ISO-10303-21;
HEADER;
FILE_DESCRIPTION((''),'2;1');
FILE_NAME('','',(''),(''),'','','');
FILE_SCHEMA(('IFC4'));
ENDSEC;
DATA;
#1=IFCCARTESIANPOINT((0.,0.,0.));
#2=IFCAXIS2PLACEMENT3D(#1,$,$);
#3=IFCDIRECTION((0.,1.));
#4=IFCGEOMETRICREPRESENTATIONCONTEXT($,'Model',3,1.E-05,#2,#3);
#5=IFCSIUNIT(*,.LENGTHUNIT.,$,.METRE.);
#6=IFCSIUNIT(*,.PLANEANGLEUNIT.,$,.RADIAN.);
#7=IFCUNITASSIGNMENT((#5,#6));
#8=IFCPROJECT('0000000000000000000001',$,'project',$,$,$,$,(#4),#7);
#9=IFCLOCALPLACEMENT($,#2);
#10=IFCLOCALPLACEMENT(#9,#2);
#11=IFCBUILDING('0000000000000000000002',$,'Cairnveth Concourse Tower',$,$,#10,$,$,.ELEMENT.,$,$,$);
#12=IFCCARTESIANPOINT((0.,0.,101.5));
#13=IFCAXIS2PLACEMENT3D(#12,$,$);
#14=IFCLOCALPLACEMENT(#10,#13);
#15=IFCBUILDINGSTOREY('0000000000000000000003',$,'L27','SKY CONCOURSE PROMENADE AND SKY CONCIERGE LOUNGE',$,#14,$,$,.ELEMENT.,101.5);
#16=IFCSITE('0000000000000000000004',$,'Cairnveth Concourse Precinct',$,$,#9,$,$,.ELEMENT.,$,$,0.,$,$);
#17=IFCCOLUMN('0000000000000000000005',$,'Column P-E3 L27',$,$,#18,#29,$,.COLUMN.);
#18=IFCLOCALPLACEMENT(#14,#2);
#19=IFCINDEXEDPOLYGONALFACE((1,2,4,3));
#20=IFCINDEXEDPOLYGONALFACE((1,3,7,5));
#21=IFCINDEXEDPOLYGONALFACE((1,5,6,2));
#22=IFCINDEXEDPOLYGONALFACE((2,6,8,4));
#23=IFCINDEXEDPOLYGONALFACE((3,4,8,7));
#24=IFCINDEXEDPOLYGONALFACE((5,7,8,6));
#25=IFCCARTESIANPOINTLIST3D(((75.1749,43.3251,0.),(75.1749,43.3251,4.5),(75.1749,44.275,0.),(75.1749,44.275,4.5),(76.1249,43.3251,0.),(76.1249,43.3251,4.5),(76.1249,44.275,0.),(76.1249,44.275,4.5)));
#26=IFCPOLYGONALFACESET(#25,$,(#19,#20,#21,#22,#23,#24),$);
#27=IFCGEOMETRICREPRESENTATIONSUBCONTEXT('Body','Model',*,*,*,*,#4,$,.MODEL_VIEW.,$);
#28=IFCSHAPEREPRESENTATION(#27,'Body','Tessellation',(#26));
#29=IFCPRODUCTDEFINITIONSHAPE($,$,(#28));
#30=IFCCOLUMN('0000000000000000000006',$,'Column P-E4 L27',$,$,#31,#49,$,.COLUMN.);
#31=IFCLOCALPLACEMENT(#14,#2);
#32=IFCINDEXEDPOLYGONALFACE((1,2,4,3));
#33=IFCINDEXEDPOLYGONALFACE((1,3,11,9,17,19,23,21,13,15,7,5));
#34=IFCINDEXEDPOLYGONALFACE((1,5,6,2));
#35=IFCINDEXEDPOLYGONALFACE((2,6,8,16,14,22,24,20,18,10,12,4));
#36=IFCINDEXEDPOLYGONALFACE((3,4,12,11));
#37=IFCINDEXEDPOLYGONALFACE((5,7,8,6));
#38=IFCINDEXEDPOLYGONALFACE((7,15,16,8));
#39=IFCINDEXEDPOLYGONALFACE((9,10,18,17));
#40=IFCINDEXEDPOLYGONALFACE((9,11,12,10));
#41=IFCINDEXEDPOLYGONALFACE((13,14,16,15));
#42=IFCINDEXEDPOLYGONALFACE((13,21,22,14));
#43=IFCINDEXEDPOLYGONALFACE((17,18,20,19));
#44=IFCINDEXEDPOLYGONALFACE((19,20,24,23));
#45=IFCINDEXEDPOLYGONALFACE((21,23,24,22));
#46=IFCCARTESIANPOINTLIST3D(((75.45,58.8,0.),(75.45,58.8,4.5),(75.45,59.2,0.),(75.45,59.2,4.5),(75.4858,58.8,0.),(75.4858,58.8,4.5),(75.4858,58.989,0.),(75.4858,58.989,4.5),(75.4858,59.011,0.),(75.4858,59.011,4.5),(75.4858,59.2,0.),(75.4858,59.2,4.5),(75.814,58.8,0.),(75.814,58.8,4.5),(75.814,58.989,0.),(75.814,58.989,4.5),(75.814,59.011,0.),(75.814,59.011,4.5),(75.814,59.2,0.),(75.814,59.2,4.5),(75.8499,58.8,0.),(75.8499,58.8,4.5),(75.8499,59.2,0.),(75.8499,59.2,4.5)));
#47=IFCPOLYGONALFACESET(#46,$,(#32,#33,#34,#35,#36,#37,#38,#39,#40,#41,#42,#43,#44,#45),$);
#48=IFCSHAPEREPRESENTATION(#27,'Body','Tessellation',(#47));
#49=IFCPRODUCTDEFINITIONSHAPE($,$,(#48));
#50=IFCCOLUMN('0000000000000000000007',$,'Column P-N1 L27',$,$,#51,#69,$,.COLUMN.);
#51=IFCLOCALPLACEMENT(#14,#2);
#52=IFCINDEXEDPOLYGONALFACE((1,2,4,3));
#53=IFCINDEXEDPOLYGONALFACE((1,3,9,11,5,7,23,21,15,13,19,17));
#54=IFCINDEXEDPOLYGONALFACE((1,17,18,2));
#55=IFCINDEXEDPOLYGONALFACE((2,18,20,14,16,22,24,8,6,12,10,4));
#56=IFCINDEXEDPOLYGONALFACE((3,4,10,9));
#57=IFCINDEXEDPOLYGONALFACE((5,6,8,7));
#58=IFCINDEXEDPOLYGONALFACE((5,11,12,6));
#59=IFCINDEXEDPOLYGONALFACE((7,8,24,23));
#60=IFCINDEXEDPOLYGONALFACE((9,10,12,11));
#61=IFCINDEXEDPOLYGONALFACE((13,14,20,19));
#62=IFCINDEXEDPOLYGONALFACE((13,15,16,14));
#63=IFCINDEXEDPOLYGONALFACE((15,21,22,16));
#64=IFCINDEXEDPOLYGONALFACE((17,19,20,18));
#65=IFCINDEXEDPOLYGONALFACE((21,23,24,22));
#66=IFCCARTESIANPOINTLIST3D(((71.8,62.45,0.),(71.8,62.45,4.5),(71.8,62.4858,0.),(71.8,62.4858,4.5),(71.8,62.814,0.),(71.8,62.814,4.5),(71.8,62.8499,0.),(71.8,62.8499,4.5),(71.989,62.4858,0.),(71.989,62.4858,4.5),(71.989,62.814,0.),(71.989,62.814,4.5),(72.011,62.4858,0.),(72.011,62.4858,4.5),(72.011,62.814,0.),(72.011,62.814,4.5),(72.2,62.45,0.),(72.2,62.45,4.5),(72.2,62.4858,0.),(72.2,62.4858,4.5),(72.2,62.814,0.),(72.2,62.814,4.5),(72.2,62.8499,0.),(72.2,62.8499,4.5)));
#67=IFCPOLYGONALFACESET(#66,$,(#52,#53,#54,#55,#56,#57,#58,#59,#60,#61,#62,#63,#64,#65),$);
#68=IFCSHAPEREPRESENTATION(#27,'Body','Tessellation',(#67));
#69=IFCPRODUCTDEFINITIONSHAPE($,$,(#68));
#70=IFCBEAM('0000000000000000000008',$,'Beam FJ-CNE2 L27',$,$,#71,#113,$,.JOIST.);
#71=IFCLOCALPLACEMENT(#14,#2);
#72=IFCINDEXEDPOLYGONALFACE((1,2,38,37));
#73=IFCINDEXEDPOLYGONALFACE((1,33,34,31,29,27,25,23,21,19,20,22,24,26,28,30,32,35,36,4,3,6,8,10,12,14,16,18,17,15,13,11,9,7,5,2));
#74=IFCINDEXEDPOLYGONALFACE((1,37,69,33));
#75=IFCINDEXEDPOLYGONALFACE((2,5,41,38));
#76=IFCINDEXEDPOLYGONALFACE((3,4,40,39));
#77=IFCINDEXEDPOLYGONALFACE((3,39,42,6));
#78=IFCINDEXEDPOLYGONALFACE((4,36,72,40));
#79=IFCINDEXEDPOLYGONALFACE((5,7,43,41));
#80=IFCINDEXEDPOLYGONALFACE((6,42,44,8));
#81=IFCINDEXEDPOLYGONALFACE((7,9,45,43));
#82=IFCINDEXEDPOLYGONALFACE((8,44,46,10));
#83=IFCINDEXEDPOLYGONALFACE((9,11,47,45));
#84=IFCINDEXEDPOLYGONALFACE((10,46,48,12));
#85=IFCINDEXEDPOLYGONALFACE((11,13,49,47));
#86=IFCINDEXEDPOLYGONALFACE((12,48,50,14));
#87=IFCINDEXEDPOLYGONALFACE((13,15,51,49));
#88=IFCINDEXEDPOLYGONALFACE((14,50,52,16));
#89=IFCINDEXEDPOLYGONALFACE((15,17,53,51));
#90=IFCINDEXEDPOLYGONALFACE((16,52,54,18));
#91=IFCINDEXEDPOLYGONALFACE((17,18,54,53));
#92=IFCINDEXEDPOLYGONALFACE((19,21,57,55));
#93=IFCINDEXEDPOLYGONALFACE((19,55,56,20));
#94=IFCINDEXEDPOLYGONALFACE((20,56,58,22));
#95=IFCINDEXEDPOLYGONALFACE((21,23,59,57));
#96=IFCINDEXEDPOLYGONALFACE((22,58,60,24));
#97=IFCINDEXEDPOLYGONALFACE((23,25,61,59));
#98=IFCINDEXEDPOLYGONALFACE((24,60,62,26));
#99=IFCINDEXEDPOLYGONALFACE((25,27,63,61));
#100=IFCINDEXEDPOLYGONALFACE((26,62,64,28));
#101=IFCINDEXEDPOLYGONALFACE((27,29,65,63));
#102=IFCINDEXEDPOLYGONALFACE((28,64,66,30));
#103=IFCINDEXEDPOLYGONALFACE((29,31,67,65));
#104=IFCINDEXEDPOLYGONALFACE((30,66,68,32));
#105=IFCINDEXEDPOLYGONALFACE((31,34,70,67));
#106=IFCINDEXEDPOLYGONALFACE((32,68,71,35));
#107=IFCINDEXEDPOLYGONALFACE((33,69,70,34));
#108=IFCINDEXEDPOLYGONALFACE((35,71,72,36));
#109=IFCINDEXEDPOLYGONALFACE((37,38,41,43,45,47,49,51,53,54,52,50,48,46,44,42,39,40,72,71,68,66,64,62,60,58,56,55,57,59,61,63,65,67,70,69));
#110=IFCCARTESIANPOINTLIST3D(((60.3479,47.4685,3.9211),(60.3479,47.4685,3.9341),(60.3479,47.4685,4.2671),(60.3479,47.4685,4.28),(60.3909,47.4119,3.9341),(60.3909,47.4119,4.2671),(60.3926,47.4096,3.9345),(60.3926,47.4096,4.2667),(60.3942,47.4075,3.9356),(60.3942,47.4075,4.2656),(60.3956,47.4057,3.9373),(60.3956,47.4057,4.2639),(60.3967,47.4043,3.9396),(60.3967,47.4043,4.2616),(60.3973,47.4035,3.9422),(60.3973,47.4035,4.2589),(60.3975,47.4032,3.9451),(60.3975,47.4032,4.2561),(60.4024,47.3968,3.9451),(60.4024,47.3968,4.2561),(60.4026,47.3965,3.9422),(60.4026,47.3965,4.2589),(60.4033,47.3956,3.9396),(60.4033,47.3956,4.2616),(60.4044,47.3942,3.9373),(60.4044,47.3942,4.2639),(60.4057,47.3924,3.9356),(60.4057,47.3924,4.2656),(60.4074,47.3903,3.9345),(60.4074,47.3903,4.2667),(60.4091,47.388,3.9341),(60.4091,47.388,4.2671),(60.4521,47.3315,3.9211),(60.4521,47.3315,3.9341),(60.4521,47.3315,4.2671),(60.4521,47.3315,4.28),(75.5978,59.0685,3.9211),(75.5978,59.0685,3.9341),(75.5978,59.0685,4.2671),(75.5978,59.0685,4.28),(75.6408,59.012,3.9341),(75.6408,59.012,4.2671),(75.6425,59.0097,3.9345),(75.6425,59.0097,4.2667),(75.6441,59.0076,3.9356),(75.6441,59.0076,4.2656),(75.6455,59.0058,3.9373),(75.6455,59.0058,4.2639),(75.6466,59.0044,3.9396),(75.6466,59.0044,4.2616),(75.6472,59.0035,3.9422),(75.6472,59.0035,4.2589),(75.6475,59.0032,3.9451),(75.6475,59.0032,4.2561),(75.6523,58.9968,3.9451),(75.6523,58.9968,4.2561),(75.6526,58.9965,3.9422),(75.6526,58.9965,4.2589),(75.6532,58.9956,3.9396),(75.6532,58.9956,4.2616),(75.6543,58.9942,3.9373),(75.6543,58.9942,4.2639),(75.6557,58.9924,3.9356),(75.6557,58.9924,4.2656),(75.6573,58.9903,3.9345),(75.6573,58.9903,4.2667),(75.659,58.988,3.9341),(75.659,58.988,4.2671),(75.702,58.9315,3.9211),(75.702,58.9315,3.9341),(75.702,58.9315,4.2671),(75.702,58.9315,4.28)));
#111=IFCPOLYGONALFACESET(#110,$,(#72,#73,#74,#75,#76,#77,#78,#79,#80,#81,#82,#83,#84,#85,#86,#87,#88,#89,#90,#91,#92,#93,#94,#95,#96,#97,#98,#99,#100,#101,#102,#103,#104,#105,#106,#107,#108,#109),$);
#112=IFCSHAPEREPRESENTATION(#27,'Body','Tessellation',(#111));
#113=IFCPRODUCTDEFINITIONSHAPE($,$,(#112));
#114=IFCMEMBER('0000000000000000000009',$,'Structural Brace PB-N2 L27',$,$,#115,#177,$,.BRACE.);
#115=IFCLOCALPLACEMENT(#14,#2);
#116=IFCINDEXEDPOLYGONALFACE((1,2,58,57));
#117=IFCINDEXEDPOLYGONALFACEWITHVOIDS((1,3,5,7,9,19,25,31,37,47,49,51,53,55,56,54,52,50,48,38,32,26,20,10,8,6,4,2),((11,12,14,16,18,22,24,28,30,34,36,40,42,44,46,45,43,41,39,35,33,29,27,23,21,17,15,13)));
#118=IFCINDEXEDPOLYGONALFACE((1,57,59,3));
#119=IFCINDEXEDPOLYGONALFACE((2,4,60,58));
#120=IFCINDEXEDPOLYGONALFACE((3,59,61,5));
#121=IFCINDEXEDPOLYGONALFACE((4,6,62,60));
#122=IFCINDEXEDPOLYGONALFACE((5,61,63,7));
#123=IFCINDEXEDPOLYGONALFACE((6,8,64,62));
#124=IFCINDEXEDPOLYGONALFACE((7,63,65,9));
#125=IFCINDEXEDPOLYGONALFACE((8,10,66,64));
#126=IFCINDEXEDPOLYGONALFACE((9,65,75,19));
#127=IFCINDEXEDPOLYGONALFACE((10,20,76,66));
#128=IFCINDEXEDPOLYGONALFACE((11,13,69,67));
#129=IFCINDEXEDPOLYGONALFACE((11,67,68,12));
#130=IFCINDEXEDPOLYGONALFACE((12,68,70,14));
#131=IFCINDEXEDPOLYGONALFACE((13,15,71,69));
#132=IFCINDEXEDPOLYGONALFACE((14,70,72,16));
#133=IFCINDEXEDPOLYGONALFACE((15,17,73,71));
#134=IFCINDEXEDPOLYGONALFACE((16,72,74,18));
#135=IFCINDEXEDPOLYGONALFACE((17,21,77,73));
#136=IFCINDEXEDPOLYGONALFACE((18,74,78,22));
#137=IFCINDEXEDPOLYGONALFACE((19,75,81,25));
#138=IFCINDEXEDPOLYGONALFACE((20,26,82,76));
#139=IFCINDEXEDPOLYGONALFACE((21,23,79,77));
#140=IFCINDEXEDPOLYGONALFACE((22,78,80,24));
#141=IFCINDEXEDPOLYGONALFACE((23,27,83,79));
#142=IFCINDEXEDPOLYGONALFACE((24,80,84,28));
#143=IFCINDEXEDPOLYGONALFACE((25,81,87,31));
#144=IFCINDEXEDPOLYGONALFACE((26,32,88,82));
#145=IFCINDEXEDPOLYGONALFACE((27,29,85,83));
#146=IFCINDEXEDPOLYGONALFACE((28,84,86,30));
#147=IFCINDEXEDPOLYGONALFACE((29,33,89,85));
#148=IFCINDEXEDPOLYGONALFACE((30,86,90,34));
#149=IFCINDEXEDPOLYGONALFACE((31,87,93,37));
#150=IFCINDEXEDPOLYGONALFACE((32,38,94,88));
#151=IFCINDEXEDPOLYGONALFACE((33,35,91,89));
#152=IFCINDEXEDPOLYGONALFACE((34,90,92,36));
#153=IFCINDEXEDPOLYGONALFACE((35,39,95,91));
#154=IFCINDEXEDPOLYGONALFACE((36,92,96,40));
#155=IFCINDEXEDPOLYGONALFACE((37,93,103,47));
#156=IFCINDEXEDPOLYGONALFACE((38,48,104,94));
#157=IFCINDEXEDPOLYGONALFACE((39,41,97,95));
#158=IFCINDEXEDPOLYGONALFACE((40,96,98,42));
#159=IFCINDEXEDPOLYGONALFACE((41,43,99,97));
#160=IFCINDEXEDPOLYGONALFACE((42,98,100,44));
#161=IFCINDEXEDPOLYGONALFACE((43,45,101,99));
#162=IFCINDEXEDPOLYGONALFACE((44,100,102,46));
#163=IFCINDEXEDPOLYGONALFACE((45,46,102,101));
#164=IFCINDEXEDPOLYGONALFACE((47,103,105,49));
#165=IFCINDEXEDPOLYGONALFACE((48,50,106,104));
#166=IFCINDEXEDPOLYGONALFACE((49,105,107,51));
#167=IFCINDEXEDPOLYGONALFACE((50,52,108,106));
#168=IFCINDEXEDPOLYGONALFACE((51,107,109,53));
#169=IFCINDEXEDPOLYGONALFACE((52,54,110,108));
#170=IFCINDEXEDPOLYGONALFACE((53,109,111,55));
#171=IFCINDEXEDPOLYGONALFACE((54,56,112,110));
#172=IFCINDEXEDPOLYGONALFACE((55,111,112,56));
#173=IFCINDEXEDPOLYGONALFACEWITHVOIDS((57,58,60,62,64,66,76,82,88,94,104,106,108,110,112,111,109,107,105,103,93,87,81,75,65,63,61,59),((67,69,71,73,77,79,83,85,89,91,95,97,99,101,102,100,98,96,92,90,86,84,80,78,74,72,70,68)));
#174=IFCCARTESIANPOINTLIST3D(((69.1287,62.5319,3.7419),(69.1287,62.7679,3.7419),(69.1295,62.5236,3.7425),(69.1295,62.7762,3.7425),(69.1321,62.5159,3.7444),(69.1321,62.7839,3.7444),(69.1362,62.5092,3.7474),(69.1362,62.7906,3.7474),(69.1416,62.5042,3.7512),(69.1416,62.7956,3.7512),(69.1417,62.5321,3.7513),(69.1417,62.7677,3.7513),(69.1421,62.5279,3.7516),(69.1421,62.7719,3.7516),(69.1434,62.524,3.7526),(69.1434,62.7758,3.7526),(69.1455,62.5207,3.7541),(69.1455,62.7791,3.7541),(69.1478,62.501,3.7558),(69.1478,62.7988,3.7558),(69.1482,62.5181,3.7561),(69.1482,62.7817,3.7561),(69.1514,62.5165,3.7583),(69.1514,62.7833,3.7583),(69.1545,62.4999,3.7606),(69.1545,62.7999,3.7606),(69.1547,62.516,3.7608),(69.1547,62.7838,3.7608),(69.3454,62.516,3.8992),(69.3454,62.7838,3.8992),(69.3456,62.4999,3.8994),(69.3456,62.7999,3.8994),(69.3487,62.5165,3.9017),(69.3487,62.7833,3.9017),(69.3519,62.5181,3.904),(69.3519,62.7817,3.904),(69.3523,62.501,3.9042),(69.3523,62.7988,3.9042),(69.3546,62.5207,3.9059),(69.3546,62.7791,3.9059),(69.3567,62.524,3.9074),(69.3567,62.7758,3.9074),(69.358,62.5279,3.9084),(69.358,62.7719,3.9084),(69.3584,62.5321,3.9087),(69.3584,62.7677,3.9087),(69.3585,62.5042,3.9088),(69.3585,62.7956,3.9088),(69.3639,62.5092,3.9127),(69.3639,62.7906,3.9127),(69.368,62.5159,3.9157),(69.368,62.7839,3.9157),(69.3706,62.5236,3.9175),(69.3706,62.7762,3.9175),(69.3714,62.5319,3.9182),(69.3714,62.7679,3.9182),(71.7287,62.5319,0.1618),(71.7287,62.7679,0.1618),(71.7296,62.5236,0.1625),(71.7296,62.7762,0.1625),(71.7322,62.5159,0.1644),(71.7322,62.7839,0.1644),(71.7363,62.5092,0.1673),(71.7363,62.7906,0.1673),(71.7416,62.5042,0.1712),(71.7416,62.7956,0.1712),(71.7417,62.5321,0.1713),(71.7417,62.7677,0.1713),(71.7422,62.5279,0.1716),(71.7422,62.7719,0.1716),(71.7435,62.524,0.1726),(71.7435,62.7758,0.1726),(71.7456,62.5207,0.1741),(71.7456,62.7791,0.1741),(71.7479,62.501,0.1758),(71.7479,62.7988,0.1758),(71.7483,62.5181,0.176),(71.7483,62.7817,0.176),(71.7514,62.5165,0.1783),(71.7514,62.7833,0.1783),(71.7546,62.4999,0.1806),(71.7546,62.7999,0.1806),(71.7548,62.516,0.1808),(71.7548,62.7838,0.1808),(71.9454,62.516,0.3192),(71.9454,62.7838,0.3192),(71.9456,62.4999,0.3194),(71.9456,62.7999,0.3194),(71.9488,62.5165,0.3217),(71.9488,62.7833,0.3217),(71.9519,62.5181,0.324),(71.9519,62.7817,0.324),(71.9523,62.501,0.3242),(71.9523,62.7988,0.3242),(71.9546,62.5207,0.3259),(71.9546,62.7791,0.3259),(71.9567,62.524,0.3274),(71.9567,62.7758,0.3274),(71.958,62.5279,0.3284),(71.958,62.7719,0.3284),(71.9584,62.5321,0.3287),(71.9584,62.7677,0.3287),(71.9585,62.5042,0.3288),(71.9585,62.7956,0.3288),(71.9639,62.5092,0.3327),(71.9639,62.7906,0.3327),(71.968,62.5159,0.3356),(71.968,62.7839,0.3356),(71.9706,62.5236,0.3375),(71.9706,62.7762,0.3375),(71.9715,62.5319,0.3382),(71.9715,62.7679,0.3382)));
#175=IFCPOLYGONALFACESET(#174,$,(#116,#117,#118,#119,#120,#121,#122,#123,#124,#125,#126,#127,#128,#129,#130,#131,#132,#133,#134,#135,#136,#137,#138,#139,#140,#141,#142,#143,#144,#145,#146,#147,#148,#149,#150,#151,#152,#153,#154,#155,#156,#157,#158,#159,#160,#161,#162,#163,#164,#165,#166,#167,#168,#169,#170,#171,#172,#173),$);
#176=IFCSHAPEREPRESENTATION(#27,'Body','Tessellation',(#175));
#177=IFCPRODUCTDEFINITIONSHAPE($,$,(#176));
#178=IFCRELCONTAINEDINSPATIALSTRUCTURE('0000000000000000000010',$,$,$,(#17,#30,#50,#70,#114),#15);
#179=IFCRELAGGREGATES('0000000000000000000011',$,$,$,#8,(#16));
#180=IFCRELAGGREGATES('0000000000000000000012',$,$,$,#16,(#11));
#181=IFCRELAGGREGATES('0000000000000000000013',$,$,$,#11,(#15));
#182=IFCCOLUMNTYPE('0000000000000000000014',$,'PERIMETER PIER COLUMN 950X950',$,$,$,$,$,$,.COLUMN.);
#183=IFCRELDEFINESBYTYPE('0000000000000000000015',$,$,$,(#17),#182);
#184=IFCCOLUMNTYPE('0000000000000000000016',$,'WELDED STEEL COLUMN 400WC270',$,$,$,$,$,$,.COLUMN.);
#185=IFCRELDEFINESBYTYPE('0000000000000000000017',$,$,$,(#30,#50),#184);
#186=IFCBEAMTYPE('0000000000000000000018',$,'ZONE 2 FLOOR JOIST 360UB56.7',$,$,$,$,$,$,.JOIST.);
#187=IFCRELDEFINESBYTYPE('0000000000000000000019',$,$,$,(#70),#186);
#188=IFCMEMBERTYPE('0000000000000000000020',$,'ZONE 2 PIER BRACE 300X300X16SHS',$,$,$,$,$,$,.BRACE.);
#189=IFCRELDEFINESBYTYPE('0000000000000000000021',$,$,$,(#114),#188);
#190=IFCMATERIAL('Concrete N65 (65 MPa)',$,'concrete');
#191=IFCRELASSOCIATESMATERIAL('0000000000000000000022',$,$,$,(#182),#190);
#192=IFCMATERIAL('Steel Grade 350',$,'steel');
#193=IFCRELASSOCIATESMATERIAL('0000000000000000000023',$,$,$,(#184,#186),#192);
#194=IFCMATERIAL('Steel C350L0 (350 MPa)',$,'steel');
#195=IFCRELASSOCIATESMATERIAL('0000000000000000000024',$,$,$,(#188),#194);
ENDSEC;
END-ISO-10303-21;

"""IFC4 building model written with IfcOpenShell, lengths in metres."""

from ifc_helpers import new_model, si_unit, direction, frame, origin, origin_2d, place, context, subcontext, project, spatial, rectangle, hollow_rectangle, i_section, extrude, material, material_profile, profile_set, type_object, element, save


model = new_model("IFC4")

# Units and contexts
model_context = context("Model", 3, precision=1e-05, world=origin(), true_north=direction((0.0, 1.0)))
body_context = subcontext(model_context, "Body", "Model", "MODEL_VIEW")
ifc_project = project(units=[si_unit("LENGTHUNIT", "METRE"), si_unit("PLANEANGLEUNIT", "RADIAN")], contexts=[model_context])

# Site, building, storey
site_placement = place(None, origin())
site = spatial("IfcSite", under=ifc_project, at=site_placement, Name="Cairnveth Concourse Precinct", CompositionType="ELEMENT", RefElevation=0.0)
building_placement = place(site_placement, origin())
building = spatial("IfcBuilding", under=site, at=building_placement, Name="Cairnveth Concourse Tower", CompositionType="ELEMENT")
storey_placement = place(building_placement, frame((0.0, 0.0, 101.5)))
storey = spatial("IfcBuildingStorey", under=building, at=storey_placement, Name="L27", Description="SKY CONCOURSE PROMENADE AND SKY CONCIERGE LOUNGE", CompositionType="ELEMENT", Elevation=101.5)

# Columns
ifc_material_1 = material(Name="Concrete N65 (65 MPa)", Category="concrete")
ifc_material_profile_1 = material_profile(ifc_material_1, rectangle(XDim=0.95, YDim=0.95, at=origin_2d()), Name="RC-COL-950x950")
ifc_profile_set_1 = profile_set([ifc_material_profile_1], Name="Concrete N65 (65 MPa)")
column_type_1 = type_object("IfcColumnType", Name="PERIMETER PIER COLUMN 950X950", PredefinedType="COLUMN", material=ifc_profile_set_1)
column_placement = place(storey_placement, frame((75.6499, 43.8, 0.0), z_axis=(0.0, 0.0, 1.0), x_axis=(0.0, 1.0, 0.0)))
element("IfcColumn", 1, at=column_placement, inside=storey, type_object=column_type_1, Name="Column P-E3 L27", PredefinedType="COLUMN", context=body_context, shape_type="SweptSolid", body=[
    extrude(rectangle(XDim=0.95, YDim=0.95, at=origin_2d()), origin(), (0.0, 0.0, 1.0), 4.5),
])
ifc_material_2 = material(Name="Steel Grade 350", Category="steel")
ifc_material_profile_2 = material_profile(ifc_material_2, i_section(OverallWidth=0.3999, OverallDepth=0.3999, WebThickness=0.022, FlangeThickness=0.0359, at=origin_2d()), Name="400WC270")
ifc_profile_set_2 = profile_set([ifc_material_profile_2], Name="Steel Grade 350")
column_type_2 = type_object("IfcColumnType", Name="WELDED STEEL COLUMN 400WC270", PredefinedType="COLUMN", material=ifc_profile_set_2)
for number, where, z_axis, x_axis, name in (
    (2, (75.6499, 59.0, 0.0), (0.0, 0.0, 1.0), (0.0, 1.0, 0.0), "Column P-E4 L27"),
    (3, (72.0, 62.6499, 0.0), (0.0, 0.0, 1.0), (1.0, 0.0, 0.0), "Column P-N1 L27"),
):
    element("IfcColumn", number, at=place(storey_placement, frame(where, z_axis=z_axis, x_axis=x_axis)), inside=storey, type_object=column_type_2, Name=name, PredefinedType="COLUMN", context=body_context, shape_type="SweptSolid", body=[
        extrude(i_section(OverallWidth=0.3999, OverallDepth=0.3999, WebThickness=0.022, FlangeThickness=0.0359, at=origin_2d()), origin(), (0.0, 0.0, 1.0), 4.5),
    ])

# Beam
ifc_material_profile_3 = material_profile(ifc_material_2, i_section(OverallWidth=0.1721, OverallDepth=0.3589, WebThickness=0.0081, FlangeThickness=0.0129, FilletRadius=0.011, at=origin_2d()), Name="360UB56.7")
ifc_profile_set_3 = profile_set([ifc_material_profile_3], Name="Steel Grade 350")
beam_type_1 = type_object("IfcBeamType", Name="ZONE 2 FLOOR JOIST 360UB56.7", PredefinedType="JOIST", material=ifc_profile_set_3)
beam_1_placement = place(storey_placement, frame((75.6499, 59.0, 4.1006), z_axis=(-0.795908, -0.605417, 0.0), x_axis=(0.605417, -0.795908, 0.0)))
element("IfcBeam", 4, at=beam_1_placement, inside=storey, type_object=beam_type_1, Name="Beam FJ-CNE2 L27", PredefinedType="JOIST", context=body_context, shape_type="SweptSolid", body=[
    extrude(i_section(OverallWidth=0.1721, OverallDepth=0.3589, WebThickness=0.0081, FlangeThickness=0.0129, FilletRadius=0.011, at=origin_2d()), origin(), (0.0, 0.0, 1.0), 19.1604),
])

# Member
ifc_material_3 = material(Name="Steel C350L0 (350 MPa)", Category="steel")
ifc_material_profile_4 = material_profile(ifc_material_3, hollow_rectangle(XDim=0.3, YDim=0.3, WallThickness=0.0161, InnerFilletRadius=0.0161, OuterFilletRadius=0.032, at=origin_2d()), Name="300x300x16.0SHS")
ifc_profile_set_4 = profile_set([ifc_material_profile_4], Name="Steel C350L0 (350 MPa)")
member_type = type_object("IfcMemberType", Name="ZONE 2 PIER BRACE 300X300X16SHS", PredefinedType="BRACE", material=ifc_profile_set_4)
for number, where, z_axis, x_axis, name in (
    (5, (71.8501, 62.6499, 0.25), (-0.58764, 0.0, 0.809122), (0.0, -1.0, 0.0), "Structural Brace PB-N2 L27"),
):
    element("IfcMember", number, at=place(storey_placement, frame(where, z_axis=z_axis, x_axis=x_axis)), inside=storey, type_object=member_type, Name=name, PredefinedType="BRACE", context=body_context, shape_type="SweptSolid", body=[
        extrude(hollow_rectangle(XDim=0.3, YDim=0.3, WallThickness=0.0161, InnerFilletRadius=0.0161, OuterFilletRadius=0.032, at=origin_2d()), origin(), (0.0, 0.0, 1.0), 4.4246),
    ])

save(model, "model.ifc")
